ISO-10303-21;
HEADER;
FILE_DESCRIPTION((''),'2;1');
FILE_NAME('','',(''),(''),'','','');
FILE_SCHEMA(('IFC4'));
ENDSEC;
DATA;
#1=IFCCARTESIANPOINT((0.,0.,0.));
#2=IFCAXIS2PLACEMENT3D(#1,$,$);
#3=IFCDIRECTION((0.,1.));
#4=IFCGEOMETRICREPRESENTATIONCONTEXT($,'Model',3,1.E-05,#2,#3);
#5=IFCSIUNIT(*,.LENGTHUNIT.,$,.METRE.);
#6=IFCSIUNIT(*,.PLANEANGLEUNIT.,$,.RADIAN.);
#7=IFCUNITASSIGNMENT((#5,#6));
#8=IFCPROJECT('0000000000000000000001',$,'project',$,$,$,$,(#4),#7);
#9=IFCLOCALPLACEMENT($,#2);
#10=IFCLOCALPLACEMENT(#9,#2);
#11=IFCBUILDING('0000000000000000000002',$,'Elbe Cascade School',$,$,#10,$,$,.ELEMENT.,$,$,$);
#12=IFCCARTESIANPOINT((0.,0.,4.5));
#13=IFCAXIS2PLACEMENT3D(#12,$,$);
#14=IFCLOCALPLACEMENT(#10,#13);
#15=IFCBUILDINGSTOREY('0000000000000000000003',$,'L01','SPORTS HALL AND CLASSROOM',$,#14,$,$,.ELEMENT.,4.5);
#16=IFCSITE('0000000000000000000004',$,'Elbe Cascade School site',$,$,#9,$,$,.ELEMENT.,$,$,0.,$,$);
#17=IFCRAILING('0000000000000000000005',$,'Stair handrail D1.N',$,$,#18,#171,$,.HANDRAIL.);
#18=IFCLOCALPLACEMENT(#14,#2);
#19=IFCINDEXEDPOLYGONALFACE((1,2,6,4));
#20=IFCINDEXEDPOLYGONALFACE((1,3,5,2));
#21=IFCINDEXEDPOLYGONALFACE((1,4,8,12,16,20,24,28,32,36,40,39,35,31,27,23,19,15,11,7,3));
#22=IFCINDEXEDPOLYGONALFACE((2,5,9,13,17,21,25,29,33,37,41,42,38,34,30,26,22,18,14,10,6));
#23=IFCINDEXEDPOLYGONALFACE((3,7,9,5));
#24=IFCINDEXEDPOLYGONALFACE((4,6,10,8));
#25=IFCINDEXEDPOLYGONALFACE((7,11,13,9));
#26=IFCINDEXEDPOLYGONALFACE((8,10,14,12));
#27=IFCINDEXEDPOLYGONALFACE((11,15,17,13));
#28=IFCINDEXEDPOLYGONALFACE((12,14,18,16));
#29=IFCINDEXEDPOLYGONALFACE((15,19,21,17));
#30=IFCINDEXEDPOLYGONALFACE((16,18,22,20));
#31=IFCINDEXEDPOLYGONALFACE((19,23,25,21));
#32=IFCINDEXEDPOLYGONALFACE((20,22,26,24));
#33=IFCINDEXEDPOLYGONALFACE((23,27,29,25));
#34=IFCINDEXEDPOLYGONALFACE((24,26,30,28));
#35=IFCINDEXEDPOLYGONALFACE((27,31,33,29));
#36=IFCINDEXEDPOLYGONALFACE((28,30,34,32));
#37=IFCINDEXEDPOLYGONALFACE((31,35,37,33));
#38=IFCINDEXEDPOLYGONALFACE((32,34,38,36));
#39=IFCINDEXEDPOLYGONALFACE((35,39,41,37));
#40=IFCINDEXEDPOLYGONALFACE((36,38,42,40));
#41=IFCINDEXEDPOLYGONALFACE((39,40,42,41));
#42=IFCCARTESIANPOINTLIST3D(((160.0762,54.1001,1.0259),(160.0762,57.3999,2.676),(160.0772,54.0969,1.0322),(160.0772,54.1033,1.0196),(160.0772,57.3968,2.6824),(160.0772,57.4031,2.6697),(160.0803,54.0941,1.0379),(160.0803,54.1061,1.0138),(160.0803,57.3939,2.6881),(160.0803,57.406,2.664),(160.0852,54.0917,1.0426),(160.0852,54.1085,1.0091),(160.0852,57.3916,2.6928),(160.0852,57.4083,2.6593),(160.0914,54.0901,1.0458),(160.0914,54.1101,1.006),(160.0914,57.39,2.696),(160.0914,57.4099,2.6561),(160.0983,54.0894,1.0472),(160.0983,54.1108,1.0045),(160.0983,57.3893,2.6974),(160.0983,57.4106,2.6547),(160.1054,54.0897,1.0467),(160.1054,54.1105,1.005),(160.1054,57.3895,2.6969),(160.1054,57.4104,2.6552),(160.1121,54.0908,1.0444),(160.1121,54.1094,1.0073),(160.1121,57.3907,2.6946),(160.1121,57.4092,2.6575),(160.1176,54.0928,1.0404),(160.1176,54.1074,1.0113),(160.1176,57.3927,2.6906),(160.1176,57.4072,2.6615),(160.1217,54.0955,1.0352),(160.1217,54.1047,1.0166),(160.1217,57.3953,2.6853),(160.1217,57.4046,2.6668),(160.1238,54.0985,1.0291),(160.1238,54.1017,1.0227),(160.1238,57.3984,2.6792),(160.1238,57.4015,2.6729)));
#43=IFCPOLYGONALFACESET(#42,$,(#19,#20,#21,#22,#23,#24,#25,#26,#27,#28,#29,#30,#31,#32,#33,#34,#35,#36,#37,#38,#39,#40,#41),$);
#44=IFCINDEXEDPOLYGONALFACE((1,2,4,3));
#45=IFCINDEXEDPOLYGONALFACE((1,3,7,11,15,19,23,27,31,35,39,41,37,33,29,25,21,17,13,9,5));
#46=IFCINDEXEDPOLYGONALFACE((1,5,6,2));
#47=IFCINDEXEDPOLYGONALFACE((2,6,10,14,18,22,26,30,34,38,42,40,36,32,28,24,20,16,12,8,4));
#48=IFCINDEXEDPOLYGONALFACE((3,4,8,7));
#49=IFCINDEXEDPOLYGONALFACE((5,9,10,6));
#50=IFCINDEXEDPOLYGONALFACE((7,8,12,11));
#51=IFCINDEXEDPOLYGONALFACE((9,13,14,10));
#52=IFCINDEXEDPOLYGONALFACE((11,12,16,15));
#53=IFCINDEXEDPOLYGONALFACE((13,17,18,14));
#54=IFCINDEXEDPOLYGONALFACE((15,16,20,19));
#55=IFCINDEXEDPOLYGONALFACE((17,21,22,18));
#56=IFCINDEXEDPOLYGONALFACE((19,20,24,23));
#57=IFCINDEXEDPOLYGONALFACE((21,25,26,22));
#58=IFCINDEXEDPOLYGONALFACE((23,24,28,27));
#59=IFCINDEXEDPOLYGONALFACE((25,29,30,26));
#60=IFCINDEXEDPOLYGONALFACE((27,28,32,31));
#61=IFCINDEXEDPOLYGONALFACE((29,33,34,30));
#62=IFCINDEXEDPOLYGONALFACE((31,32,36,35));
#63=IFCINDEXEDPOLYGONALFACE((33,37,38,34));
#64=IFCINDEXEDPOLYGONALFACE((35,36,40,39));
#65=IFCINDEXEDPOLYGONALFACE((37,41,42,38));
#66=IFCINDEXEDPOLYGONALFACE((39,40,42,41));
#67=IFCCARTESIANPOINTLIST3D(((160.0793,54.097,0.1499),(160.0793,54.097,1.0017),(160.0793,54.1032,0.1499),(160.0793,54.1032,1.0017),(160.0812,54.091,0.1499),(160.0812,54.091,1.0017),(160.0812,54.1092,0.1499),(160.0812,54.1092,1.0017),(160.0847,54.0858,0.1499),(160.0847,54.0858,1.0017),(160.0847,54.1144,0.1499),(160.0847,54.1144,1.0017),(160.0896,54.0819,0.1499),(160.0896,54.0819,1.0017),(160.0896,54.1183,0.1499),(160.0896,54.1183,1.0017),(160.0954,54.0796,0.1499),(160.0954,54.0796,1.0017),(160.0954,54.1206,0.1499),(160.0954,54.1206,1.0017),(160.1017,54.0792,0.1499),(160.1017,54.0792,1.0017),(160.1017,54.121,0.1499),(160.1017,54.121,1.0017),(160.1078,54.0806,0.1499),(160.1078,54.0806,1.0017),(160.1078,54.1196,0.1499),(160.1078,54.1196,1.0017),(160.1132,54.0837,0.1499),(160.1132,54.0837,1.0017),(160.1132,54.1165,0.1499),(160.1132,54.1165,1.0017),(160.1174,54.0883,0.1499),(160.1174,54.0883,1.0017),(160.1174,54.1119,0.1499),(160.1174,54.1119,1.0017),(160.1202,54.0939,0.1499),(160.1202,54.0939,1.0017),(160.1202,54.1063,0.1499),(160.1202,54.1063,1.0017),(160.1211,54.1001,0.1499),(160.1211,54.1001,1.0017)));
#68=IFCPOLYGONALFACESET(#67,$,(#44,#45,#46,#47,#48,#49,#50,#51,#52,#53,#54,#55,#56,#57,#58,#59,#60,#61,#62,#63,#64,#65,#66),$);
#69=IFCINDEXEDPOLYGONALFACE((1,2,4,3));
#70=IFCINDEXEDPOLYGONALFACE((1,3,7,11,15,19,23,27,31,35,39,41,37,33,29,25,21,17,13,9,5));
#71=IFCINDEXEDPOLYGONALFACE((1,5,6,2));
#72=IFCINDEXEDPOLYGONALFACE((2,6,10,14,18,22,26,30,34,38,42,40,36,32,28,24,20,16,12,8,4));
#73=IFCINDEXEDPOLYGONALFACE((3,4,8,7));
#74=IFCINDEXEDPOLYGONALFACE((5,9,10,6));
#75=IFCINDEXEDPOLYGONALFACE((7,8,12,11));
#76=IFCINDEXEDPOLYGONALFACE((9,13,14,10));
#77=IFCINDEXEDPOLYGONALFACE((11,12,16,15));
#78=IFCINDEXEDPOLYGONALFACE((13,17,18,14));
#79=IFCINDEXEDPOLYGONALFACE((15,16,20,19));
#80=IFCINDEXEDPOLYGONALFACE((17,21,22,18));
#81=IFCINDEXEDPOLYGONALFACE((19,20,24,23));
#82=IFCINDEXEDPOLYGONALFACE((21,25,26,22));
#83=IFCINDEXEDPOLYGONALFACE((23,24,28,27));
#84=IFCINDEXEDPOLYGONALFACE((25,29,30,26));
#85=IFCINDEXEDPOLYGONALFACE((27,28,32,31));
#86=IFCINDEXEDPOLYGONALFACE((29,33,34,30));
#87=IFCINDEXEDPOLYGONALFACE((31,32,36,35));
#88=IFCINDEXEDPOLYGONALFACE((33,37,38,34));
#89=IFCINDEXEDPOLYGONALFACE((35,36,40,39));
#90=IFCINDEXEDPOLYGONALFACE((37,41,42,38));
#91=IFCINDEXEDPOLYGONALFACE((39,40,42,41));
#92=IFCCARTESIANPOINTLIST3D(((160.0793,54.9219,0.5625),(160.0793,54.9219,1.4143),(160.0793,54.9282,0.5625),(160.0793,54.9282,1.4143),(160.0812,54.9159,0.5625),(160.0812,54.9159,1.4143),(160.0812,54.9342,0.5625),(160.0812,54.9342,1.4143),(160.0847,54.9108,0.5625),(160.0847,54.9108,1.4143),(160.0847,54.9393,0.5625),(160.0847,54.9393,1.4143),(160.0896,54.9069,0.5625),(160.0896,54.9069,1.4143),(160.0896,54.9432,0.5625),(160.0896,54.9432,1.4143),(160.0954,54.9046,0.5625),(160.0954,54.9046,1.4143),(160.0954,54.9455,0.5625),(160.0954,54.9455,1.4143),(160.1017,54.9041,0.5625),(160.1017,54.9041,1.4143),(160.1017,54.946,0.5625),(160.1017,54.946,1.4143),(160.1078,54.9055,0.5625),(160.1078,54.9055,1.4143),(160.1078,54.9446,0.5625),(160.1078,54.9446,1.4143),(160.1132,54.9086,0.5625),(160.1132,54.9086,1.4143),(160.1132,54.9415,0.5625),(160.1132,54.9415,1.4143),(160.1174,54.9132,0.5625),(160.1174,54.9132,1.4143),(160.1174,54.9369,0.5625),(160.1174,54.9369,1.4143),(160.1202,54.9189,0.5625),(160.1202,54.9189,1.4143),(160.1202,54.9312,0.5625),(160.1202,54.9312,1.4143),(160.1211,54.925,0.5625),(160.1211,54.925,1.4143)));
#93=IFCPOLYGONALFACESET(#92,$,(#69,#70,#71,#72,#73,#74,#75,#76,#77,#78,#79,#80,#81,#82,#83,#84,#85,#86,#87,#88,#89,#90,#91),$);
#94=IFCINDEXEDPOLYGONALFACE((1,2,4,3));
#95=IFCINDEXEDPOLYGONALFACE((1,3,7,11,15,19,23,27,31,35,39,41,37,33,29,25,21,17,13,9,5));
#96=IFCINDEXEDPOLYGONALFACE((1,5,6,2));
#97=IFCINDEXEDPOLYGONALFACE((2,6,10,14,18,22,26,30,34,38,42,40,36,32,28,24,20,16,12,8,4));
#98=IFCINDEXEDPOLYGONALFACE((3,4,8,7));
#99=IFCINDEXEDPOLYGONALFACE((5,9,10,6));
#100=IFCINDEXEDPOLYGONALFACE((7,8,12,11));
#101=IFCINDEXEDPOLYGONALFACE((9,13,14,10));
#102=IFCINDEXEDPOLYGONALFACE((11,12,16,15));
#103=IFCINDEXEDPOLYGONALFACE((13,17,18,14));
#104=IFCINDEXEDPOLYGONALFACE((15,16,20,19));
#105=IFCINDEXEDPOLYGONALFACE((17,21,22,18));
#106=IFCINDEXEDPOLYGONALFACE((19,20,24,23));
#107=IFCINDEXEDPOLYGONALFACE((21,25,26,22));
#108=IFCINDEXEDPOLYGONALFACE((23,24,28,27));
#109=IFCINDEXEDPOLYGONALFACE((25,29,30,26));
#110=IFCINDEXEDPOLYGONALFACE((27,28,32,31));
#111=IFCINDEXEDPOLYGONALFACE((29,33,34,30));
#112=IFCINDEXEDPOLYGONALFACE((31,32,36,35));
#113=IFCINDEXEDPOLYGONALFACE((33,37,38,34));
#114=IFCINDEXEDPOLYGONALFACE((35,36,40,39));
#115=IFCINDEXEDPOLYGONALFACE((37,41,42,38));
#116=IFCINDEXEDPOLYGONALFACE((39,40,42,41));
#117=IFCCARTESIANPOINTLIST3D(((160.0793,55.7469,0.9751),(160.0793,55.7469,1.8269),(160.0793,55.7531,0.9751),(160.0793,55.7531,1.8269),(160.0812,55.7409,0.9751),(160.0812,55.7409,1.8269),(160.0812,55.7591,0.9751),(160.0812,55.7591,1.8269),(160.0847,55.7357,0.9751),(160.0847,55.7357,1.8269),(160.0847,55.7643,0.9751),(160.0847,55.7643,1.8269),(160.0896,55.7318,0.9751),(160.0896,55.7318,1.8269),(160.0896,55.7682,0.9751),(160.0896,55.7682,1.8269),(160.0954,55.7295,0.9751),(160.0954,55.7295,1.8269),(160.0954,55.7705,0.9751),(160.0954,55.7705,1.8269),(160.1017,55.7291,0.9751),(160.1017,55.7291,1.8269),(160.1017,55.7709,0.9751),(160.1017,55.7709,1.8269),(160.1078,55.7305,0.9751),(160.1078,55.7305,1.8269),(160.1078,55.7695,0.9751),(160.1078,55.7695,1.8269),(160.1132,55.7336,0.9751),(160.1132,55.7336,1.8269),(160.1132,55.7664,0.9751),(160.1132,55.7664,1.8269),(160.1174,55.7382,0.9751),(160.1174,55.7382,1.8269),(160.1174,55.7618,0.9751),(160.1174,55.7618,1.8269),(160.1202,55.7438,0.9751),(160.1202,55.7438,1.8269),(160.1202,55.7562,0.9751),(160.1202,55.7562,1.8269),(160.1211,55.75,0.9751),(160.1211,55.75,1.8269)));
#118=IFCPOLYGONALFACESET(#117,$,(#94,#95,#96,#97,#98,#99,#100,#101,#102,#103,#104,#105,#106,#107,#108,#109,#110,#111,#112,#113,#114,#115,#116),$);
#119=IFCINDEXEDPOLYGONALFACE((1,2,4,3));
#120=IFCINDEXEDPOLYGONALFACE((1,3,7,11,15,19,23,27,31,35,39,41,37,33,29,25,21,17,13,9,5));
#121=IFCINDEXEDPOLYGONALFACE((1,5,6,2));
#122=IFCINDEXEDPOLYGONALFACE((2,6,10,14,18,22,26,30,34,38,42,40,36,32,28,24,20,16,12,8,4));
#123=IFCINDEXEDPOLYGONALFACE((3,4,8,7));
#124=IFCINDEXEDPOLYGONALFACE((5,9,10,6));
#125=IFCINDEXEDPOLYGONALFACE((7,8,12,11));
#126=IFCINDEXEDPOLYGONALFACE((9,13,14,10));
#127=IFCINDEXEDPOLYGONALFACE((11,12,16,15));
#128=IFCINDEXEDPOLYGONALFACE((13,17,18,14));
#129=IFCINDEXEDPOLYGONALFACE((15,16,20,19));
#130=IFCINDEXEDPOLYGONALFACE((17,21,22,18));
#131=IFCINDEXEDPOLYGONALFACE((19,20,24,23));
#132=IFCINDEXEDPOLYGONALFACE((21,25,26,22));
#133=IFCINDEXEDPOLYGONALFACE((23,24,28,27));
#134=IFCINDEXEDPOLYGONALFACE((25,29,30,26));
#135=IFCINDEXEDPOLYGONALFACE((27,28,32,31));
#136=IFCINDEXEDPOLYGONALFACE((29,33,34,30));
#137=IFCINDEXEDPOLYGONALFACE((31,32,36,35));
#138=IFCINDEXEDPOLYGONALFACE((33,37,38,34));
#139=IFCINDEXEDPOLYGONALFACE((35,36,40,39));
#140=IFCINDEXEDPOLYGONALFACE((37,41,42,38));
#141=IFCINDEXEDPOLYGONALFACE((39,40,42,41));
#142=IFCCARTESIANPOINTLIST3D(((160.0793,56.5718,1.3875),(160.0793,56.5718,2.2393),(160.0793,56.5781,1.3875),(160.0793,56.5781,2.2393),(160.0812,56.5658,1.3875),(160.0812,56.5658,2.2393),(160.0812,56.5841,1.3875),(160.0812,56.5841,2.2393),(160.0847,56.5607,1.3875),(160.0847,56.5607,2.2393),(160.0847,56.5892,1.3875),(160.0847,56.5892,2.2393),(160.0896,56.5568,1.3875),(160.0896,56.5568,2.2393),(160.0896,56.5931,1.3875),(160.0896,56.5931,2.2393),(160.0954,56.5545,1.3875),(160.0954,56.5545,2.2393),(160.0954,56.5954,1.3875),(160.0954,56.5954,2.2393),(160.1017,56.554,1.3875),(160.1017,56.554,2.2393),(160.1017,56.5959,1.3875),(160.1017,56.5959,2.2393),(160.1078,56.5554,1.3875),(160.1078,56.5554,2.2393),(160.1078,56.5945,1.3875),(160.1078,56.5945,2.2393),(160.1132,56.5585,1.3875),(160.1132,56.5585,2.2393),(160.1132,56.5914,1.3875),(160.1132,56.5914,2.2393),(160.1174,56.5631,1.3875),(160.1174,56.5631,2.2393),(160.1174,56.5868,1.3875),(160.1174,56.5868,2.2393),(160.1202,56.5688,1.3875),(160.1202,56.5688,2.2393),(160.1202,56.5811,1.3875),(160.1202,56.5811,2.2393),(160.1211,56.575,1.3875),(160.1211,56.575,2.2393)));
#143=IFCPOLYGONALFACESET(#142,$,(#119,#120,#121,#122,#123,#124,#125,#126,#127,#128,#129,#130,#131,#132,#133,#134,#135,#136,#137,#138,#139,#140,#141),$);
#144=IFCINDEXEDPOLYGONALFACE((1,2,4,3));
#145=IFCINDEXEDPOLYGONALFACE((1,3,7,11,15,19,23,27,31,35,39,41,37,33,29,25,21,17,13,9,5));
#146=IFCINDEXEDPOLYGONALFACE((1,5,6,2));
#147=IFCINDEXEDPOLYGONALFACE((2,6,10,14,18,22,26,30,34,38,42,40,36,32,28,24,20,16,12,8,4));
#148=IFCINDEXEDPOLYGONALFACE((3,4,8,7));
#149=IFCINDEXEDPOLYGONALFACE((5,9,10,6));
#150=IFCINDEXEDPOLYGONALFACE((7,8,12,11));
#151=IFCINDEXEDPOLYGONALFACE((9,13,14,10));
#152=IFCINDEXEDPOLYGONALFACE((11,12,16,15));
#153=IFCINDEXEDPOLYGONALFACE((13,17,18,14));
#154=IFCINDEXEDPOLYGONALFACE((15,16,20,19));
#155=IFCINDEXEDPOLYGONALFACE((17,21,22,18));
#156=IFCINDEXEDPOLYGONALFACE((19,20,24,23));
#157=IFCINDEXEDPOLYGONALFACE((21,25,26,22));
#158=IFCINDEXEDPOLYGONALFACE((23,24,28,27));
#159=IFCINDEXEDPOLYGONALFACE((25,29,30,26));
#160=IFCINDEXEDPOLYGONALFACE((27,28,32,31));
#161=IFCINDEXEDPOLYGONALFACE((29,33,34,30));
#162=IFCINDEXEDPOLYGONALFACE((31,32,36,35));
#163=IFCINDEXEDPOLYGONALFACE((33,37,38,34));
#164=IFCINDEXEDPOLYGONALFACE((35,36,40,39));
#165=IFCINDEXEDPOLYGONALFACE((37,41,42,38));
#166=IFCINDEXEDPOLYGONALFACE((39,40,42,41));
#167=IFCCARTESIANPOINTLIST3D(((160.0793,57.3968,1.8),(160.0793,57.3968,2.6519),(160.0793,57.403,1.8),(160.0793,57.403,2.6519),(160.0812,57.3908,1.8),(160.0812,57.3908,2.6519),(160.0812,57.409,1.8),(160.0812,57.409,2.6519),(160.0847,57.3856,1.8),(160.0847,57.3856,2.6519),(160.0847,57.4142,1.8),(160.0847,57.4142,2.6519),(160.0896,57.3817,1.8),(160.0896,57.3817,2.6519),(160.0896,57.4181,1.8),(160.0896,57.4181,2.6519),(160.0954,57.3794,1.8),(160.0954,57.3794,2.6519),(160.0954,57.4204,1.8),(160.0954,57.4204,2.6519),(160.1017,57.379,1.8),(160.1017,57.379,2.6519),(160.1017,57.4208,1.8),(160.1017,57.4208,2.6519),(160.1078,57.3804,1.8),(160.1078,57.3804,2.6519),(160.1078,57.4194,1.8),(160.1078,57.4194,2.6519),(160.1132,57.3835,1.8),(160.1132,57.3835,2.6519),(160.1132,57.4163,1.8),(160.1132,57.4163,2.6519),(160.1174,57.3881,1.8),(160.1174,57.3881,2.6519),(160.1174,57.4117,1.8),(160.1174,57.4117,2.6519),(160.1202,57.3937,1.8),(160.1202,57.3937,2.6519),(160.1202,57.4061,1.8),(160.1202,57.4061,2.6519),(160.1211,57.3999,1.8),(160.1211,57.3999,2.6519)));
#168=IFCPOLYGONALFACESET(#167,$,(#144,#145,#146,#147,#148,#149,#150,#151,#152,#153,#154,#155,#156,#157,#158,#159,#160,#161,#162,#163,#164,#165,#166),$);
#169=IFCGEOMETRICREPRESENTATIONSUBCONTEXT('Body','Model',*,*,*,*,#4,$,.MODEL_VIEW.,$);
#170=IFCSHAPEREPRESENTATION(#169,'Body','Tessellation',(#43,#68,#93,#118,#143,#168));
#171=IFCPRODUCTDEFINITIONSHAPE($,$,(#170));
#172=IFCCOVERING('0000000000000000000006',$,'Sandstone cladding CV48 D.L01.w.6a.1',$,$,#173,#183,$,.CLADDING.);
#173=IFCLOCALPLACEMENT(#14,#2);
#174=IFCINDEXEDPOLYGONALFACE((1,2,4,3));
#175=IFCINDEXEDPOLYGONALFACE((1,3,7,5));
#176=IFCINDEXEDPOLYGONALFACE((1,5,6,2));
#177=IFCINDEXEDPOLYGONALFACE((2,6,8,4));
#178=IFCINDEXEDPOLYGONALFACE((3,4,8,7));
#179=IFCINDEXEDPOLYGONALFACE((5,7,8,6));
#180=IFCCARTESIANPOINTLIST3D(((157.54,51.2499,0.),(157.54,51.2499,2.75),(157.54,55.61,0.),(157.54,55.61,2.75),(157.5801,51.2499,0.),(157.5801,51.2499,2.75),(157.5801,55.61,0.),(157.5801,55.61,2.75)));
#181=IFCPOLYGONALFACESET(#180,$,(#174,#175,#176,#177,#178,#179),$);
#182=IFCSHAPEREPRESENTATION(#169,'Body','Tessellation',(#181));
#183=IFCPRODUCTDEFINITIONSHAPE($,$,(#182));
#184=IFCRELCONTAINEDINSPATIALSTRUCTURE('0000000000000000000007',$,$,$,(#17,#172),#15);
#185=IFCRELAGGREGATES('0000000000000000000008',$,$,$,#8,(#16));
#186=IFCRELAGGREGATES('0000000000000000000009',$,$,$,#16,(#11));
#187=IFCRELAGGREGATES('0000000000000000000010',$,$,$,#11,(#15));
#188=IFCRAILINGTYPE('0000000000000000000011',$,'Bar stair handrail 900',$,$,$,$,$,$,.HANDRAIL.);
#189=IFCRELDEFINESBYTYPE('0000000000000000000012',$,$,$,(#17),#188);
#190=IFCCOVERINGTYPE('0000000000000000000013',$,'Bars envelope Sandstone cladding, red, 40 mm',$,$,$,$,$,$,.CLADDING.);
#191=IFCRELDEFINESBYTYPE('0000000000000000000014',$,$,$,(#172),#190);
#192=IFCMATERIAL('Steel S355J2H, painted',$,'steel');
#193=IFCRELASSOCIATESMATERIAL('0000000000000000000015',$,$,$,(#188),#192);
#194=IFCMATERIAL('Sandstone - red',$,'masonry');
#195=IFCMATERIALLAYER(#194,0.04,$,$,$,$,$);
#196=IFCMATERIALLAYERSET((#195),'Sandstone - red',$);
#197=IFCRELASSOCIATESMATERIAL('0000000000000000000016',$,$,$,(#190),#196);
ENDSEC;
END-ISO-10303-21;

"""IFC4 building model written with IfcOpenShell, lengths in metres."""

from ifc_helpers import new_model, si_unit, direction, frame, origin, origin_2d, place, context, subcontext, project, spatial, rectangle, circle, extrude, material, layer, layer_set, type_object, element, save


model = new_model("IFC4")

# Units and contexts
model_context = context("Model", 3, precision=1e-05, world=origin(), true_north=direction((0.0, 1.0)))
body_context = subcontext(model_context, "Body", "Model", "MODEL_VIEW")
ifc_project = project(units=[si_unit("LENGTHUNIT", "METRE"), si_unit("PLANEANGLEUNIT", "RADIAN")], contexts=[model_context])

# Site, building, storey
site_placement = place(None, origin())
site = spatial("IfcSite", under=ifc_project, at=site_placement, Name="Elbe Cascade School site", CompositionType="ELEMENT", RefElevation=0.0)
building_placement = place(site_placement, origin())
building = spatial("IfcBuilding", under=site, at=building_placement, Name="Elbe Cascade School", CompositionType="ELEMENT")
storey_placement = place(building_placement, frame((0.0, 0.0, 4.5)))
storey = spatial("IfcBuildingStorey", under=building, at=storey_placement, Name="L01", Description="SPORTS HALL AND CLASSROOM", CompositionType="ELEMENT", Elevation=4.5)

# Railing
ifc_material_1 = material(Name="Steel S355J2H, painted", Category="steel")
railing_type_1 = type_object("IfcRailingType", Name="Bar stair handrail 900", PredefinedType="HANDRAIL", material=ifc_material_1)
railing_1_placement = place(storey_placement, frame((160.1001, 54.1001, 0.1499)))
element("IfcRailing", 1, at=railing_1_placement, inside=storey, type_object=railing_type_1, Name="Stair handrail D1.N", PredefinedType="HANDRAIL", context=body_context, shape_type="SweptSolid", body=[
    extrude(circle(Radius=0.0239, at=origin_2d()), frame((0.0, 0.0, 0.876), z_axis=(0.0, 0.894401, 0.447267), x_axis=(-1.0, 0.0, 0.0)), (0.0, 0.0, 1.0), 3.6895),
    extrude(circle(Radius=0.021, at=origin_2d()), origin(), (0.0, 0.0, 1.0), 0.8518),
    extrude(circle(Radius=0.021, at=origin_2d()), frame((0.0, 0.825, 0.4126)), (0.0, 0.0, 1.0), 0.8518),
    extrude(circle(Radius=0.021, at=origin_2d()), frame((0.0, 1.6499, 0.8252)), (0.0, 0.0, 1.0), 0.8518),
    extrude(circle(Radius=0.021, at=origin_2d()), frame((0.0, 2.4749, 1.2375)), (0.0, 0.0, 1.0), 0.8518),
    extrude(circle(Radius=0.021, at=origin_2d()), frame((0.0, 3.2998, 1.6501)), (0.0, 0.0, 1.0), 0.8518),
])

# Covering
ifc_material_2 = material(Name="Sandstone - red", Category="masonry")
ifc_layer_1 = layer(ifc_material_2, 0.04)
ifc_layer_set_1 = layer_set([ifc_layer_1], Name="Sandstone - red")
covering_type = type_object("IfcCoveringType", Name="Bars envelope Sandstone cladding, red, 40 mm", PredefinedType="CLADDING", material=ifc_layer_set_1)
covering_placement = place(storey_placement, frame((157.5601, 53.4299, 0.0), z_axis=(0.0, 0.0, 1.0), x_axis=(0.0, 1.0, 0.0)))
element("IfcCovering", 2, at=covering_placement, inside=storey, type_object=covering_type, Name="Sandstone cladding CV48 D.L01.w.6a.1", PredefinedType="CLADDING", context=body_context, shape_type="SweptSolid", body=[
    extrude(rectangle(XDim=4.3601, YDim=0.04, at=origin_2d()), origin(), (0.0, 0.0, 1.0), 2.75),
])

save(model, "model.ifc")
